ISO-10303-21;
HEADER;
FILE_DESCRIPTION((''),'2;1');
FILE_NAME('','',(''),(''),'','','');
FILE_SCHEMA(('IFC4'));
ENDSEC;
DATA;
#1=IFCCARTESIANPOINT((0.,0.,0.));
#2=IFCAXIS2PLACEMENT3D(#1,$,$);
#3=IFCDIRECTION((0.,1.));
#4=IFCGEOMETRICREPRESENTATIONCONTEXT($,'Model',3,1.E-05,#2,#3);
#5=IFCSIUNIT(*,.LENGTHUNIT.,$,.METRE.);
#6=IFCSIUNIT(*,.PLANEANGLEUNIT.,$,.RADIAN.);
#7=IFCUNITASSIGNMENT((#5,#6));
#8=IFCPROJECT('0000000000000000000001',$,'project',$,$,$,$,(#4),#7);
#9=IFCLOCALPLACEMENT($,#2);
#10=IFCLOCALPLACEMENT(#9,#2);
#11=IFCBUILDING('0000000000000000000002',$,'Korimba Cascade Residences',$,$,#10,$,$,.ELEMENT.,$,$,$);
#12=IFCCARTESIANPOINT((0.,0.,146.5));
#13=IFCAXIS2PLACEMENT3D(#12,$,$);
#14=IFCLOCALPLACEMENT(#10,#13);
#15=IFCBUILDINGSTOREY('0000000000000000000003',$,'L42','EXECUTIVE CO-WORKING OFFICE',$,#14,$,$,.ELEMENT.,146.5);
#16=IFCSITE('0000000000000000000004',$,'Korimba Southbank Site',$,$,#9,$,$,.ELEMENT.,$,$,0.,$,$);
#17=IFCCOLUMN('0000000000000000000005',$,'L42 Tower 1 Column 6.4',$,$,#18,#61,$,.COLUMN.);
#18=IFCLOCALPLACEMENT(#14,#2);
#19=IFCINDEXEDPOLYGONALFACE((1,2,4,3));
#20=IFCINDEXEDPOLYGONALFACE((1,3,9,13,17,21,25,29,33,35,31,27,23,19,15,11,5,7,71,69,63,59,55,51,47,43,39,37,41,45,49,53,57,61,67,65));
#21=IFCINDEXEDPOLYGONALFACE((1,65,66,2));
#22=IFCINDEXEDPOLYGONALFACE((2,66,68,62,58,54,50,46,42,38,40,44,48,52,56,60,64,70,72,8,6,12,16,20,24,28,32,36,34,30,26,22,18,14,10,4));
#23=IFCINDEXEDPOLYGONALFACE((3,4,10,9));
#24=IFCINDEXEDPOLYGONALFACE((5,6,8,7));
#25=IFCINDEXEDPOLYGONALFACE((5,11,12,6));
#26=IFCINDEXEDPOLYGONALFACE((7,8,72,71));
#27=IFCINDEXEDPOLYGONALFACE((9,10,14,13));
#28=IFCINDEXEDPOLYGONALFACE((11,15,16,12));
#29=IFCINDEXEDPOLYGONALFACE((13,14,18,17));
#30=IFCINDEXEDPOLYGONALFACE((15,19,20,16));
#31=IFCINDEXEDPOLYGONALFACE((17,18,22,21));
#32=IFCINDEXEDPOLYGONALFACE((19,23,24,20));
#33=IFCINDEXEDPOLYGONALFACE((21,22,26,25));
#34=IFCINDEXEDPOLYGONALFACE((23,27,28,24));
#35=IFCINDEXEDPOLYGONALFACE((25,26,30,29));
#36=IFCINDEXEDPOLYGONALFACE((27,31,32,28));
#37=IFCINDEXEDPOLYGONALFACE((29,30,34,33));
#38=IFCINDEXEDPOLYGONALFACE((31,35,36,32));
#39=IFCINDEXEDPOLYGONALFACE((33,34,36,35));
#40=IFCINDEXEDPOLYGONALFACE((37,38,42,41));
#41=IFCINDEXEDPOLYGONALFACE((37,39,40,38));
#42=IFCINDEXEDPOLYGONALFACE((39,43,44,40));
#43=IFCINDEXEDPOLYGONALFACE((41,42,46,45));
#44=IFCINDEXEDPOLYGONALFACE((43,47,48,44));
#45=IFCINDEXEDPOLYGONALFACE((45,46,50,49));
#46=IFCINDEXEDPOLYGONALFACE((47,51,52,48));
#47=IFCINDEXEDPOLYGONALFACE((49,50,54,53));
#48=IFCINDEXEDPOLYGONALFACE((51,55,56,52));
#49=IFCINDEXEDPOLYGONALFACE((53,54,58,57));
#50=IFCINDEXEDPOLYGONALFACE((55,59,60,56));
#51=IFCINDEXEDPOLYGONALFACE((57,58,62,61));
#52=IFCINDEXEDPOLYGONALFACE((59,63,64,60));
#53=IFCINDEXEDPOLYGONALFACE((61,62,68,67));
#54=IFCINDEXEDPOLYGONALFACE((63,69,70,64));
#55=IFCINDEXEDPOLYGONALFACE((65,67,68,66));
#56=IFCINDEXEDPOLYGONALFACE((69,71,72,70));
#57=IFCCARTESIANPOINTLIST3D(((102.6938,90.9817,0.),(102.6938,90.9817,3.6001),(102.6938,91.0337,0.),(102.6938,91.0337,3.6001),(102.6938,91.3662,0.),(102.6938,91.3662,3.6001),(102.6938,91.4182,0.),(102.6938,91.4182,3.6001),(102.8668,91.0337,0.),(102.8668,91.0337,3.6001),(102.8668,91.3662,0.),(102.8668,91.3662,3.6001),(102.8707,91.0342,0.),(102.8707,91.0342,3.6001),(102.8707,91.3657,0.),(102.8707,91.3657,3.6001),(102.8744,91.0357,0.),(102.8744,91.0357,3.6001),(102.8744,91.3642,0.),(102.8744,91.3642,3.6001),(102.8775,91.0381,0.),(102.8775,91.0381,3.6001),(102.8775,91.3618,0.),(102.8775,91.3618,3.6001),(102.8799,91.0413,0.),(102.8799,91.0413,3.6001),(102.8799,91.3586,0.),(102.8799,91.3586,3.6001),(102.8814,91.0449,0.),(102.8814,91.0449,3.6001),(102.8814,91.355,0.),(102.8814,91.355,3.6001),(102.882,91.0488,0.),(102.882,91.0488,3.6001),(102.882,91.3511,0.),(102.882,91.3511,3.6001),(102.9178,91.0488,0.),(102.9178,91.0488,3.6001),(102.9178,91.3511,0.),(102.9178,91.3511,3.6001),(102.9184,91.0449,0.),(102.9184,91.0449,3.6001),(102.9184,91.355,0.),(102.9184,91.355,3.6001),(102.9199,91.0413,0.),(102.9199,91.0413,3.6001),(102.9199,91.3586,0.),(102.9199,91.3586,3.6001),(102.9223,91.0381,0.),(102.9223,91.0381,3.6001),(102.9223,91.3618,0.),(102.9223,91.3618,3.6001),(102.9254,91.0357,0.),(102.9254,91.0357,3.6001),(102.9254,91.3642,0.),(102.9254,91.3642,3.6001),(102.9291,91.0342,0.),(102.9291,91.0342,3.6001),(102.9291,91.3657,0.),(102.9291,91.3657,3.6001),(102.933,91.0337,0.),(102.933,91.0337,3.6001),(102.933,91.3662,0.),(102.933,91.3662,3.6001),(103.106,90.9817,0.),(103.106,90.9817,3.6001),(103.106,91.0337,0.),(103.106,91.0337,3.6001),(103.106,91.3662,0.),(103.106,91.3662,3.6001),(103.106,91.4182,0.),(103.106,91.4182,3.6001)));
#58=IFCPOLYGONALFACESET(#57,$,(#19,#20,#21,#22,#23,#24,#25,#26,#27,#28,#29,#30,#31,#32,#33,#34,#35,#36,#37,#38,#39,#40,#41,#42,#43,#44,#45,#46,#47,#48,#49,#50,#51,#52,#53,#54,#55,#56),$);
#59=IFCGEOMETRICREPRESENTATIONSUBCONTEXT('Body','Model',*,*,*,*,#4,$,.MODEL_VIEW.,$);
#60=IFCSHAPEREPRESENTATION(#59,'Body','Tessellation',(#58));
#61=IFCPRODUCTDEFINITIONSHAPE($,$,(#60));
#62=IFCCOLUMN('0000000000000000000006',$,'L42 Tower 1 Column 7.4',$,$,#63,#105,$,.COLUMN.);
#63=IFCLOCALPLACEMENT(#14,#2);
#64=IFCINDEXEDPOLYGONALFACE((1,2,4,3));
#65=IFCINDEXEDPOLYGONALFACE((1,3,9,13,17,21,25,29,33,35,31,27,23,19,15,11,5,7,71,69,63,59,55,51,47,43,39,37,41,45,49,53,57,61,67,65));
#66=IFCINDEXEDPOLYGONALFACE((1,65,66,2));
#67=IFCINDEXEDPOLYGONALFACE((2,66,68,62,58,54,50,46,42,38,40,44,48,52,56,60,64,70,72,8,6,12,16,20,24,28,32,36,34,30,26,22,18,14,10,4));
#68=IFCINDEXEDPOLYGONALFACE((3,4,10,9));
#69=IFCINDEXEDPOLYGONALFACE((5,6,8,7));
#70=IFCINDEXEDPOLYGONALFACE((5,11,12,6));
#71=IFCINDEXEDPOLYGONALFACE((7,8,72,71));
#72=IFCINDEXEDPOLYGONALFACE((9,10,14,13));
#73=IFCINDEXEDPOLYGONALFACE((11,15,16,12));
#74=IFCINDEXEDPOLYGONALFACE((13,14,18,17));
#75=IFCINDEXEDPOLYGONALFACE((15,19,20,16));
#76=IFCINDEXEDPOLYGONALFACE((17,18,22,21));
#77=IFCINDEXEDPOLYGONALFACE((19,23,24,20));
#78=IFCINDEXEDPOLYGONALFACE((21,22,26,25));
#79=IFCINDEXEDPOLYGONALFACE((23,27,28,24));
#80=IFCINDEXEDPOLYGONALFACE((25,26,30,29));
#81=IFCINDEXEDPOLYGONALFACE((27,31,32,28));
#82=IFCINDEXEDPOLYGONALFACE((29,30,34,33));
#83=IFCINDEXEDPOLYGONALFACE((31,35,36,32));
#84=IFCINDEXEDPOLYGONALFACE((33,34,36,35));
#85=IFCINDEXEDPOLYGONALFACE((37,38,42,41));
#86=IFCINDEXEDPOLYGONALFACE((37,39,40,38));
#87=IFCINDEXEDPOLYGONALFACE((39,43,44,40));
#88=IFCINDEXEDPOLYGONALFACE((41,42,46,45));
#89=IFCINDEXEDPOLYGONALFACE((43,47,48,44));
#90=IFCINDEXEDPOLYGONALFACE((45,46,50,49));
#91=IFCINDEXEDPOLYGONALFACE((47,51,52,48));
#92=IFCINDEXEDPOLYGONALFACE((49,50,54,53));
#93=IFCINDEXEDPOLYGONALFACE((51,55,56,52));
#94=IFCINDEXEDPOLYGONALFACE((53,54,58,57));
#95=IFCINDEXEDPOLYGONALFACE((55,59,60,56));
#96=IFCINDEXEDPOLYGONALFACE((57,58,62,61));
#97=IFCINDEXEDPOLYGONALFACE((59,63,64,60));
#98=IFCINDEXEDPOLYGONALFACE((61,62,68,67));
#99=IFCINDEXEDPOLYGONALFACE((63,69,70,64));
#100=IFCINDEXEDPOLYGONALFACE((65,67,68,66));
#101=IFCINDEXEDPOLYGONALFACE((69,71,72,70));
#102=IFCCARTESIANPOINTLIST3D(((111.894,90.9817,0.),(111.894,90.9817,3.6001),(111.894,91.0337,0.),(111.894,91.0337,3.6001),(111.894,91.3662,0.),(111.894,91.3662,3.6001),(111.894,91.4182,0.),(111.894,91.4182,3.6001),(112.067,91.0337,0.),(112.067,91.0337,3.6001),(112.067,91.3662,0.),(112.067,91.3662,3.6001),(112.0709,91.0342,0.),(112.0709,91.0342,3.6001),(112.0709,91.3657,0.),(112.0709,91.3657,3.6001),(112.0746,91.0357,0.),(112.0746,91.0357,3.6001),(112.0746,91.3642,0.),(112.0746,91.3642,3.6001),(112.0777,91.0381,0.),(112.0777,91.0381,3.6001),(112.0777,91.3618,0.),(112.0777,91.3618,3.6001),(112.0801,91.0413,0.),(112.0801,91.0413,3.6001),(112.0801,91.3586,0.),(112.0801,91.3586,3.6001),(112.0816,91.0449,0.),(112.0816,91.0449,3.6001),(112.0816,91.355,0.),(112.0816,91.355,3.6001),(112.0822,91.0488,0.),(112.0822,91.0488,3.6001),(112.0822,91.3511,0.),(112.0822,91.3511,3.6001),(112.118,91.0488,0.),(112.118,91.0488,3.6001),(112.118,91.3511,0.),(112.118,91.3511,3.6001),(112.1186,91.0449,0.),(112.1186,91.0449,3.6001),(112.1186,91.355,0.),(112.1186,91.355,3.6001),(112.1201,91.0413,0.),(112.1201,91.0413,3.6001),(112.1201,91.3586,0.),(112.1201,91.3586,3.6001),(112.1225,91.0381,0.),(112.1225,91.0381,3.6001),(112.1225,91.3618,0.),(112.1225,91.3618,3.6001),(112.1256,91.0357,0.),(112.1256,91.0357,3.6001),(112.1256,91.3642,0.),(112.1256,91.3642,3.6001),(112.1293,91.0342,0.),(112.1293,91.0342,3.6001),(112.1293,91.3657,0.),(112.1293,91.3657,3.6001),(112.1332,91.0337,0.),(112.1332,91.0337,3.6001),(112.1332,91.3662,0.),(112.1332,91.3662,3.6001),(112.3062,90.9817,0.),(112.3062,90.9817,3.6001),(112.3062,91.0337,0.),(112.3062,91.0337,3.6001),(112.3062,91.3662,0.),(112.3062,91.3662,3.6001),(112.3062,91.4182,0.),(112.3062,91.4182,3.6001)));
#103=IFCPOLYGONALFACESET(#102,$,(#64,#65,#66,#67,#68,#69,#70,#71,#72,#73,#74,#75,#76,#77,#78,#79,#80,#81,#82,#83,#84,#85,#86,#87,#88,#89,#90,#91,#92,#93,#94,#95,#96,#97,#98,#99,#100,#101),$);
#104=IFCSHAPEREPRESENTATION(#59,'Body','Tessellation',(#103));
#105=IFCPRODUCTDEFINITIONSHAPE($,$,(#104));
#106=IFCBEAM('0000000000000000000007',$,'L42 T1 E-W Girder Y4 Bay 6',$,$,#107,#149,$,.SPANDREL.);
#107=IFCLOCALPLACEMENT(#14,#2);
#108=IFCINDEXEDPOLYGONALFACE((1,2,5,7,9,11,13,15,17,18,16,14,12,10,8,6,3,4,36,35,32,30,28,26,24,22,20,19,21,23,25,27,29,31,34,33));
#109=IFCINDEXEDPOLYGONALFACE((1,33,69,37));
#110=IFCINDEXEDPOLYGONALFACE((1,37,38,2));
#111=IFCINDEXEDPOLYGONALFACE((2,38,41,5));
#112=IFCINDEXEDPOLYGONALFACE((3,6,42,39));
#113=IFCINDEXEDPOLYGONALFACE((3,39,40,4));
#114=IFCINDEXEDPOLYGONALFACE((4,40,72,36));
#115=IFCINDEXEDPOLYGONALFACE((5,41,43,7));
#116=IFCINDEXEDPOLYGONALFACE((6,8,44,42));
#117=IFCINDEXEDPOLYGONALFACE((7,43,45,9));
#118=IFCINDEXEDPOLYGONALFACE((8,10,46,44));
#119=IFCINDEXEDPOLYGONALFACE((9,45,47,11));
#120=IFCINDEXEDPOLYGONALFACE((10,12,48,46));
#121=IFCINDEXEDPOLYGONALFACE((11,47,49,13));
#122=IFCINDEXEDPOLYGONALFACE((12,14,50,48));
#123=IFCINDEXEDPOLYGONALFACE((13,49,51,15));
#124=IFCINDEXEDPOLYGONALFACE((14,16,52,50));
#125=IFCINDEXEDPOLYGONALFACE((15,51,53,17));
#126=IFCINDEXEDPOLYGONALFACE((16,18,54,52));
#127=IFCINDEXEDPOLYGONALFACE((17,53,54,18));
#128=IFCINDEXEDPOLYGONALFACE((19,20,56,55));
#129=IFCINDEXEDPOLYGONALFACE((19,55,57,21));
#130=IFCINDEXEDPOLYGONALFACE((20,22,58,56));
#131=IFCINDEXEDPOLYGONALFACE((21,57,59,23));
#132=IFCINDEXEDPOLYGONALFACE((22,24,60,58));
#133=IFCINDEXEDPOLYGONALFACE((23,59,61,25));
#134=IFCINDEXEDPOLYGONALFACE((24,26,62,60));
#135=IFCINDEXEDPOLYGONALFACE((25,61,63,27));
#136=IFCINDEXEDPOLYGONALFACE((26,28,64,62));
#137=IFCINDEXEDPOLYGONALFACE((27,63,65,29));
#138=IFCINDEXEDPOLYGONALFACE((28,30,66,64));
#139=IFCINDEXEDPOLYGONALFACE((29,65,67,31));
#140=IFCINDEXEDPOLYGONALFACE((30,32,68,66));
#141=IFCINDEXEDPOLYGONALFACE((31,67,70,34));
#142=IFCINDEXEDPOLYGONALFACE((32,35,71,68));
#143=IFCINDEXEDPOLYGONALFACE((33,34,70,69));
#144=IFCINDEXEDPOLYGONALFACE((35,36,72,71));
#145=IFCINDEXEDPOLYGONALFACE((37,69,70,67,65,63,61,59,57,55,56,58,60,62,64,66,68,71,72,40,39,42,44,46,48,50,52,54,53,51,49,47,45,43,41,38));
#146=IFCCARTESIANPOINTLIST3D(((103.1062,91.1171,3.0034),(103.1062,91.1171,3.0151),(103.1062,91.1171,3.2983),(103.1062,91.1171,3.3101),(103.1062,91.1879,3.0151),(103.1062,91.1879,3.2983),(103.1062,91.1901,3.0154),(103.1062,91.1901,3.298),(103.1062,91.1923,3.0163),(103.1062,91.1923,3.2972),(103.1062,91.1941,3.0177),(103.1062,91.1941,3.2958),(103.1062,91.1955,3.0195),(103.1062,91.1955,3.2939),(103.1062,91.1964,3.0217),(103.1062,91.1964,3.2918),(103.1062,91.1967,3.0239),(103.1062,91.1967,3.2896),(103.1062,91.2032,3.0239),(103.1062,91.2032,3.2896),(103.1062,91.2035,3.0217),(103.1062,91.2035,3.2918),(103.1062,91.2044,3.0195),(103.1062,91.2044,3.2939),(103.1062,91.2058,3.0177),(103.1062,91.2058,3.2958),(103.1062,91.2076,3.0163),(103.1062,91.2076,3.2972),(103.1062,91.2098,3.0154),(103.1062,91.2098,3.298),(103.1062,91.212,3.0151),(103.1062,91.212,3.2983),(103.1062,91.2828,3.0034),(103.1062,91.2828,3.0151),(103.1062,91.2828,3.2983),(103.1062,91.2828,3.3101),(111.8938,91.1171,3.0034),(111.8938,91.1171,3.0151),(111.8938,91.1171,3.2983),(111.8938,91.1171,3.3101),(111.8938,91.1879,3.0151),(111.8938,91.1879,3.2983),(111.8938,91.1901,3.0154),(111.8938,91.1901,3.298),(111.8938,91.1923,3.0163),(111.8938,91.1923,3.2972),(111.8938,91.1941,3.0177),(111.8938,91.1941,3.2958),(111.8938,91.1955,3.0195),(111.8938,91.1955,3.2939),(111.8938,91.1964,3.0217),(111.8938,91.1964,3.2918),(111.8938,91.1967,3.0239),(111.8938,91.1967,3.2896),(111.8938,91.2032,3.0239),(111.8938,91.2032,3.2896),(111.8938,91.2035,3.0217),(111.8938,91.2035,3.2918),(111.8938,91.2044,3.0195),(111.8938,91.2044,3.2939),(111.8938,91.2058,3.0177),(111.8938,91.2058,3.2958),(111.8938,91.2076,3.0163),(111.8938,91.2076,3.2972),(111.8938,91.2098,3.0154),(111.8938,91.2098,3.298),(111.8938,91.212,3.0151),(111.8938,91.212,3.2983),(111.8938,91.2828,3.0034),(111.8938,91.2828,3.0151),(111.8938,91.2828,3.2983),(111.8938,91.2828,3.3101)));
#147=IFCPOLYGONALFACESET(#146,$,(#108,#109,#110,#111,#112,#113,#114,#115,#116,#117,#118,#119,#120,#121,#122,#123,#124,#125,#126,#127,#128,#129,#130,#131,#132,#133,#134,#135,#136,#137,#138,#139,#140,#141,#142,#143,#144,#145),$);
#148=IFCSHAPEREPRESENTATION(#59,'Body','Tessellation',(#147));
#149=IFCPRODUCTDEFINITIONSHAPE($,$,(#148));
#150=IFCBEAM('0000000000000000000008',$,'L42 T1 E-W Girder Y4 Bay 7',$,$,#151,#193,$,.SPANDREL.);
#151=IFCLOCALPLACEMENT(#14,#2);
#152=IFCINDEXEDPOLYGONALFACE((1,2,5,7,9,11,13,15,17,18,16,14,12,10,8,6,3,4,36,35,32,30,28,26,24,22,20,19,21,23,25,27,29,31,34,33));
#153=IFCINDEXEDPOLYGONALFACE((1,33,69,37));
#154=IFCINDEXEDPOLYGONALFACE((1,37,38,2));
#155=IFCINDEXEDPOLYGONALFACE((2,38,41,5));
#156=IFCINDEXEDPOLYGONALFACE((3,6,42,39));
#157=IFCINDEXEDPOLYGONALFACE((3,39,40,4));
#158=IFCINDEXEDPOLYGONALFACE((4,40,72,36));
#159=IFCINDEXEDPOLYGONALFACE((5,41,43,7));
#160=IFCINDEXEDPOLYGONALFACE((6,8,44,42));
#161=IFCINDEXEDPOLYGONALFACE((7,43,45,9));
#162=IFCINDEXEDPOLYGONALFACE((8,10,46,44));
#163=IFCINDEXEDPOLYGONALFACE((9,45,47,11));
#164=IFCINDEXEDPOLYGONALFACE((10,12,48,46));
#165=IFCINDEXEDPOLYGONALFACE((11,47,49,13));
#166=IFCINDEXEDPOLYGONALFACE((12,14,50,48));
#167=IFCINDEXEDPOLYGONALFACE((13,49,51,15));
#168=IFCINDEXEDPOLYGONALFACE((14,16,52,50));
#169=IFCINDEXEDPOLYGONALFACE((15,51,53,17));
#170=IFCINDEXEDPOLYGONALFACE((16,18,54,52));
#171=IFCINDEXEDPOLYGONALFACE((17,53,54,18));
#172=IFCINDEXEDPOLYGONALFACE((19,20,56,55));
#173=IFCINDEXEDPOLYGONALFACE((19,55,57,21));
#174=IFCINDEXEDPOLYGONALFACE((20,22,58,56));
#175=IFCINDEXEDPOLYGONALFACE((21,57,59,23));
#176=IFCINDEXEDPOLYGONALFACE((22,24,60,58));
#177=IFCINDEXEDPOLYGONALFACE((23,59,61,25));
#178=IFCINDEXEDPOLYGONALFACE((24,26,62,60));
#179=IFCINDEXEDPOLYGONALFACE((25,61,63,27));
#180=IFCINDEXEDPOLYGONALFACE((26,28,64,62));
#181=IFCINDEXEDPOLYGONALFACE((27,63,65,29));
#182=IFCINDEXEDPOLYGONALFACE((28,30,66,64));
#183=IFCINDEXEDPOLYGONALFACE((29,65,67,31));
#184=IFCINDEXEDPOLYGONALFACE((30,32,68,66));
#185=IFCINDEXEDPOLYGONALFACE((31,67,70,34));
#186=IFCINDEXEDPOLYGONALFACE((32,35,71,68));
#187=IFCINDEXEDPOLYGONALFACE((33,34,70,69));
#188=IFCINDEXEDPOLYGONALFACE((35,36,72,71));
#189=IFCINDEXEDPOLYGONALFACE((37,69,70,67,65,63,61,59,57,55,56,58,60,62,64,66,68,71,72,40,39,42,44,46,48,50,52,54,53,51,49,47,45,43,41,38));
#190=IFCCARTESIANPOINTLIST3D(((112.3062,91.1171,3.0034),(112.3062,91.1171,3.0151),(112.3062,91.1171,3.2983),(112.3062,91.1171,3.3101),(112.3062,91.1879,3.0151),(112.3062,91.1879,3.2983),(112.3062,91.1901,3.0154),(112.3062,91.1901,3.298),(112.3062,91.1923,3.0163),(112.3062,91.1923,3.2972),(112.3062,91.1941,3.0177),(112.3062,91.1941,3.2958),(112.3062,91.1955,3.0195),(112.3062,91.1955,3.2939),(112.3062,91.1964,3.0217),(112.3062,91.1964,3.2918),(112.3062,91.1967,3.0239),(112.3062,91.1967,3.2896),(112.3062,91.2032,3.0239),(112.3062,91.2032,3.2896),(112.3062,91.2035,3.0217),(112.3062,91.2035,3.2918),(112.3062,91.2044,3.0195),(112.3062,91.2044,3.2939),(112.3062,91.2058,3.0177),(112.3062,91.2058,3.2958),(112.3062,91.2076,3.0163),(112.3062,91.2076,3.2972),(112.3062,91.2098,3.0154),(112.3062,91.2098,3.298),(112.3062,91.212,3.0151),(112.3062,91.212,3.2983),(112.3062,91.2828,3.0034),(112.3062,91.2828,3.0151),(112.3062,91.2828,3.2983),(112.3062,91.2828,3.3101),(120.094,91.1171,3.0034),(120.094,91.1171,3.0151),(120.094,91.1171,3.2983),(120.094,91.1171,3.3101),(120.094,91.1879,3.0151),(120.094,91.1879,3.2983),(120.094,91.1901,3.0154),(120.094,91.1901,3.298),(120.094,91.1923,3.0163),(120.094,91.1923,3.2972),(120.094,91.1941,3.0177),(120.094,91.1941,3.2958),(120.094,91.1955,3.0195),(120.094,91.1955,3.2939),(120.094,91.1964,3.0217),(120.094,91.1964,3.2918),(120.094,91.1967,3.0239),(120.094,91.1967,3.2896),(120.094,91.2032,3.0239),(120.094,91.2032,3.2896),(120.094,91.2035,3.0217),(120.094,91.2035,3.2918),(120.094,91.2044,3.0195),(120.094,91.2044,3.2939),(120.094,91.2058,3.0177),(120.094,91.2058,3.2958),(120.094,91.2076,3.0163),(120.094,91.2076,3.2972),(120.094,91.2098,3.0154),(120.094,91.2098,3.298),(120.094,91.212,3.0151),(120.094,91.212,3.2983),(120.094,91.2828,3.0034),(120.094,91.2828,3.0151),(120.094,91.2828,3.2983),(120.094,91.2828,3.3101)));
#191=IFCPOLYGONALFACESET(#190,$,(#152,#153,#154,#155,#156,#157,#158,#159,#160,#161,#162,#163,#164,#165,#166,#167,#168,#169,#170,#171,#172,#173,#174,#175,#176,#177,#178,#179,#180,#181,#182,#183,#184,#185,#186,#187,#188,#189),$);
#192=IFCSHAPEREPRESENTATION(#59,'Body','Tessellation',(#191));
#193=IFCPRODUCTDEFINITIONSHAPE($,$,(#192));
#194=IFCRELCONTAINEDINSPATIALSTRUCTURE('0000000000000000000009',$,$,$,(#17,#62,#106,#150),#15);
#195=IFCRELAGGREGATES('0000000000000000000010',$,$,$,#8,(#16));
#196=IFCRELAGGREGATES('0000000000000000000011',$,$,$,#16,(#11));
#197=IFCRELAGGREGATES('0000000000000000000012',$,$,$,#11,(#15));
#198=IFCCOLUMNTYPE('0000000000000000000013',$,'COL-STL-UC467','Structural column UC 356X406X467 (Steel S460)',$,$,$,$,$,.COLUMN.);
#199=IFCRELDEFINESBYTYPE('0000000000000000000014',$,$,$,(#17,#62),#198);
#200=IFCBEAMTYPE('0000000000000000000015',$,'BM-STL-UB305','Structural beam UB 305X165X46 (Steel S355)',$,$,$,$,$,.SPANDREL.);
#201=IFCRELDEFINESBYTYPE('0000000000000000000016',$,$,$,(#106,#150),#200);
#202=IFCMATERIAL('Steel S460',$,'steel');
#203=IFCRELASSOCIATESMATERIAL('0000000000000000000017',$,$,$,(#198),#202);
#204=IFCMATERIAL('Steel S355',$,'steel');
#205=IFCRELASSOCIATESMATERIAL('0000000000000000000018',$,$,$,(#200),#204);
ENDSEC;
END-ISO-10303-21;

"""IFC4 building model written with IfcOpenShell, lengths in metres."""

from ifc_helpers import new_model, si_unit, direction, frame, origin, origin_2d, place, context, subcontext, project, spatial, i_section, extrude, material, material_profile, profile_set, type_object, element, save


model = new_model("IFC4")

# Units and contexts
model_context = context("Model", 3, precision=1e-05, world=origin(), true_north=direction((0.0, 1.0)))
body_context = subcontext(model_context, "Body", "Model", "MODEL_VIEW")
ifc_project = project(units=[si_unit("LENGTHUNIT", "METRE"), si_unit("PLANEANGLEUNIT", "RADIAN")], contexts=[model_context])

# Site, building, storey
site_placement = place(None, origin())
site = spatial("IfcSite", under=ifc_project, at=site_placement, Name="Korimba Southbank Site", CompositionType="ELEMENT", RefElevation=0.0)
building_placement = place(site_placement, origin())
building = spatial("IfcBuilding", under=site, at=building_placement, Name="Korimba Cascade Residences", CompositionType="ELEMENT")
storey_placement = place(building_placement, frame((0.0, 0.0, 146.5)))
storey = spatial("IfcBuildingStorey", under=building, at=storey_placement, Name="L42", Description="EXECUTIVE CO-WORKING OFFICE", CompositionType="ELEMENT", Elevation=146.5)

# Columns
ifc_material_1 = material(Name="Steel S460", Category="steel")
ifc_material_profile_1 = material_profile(ifc_material_1, i_section(OverallWidth=0.4121, OverallDepth=0.4365, WebThickness=0.0359, FlangeThickness=0.052, FilletRadius=0.0151, at=origin_2d()), Name="Steel S460")
ifc_profile_set_1 = profile_set([ifc_material_profile_1], Name="Steel S460")
column_type = type_object("IfcColumnType", Name="COL-STL-UC467", Description="Structural column UC 356X406X467 (Steel S460)", PredefinedType="COLUMN", material=ifc_profile_set_1)
for number, where, z_axis, x_axis, name in (
    (1, (102.8999, 91.2, 0.0), (0.0, 0.0, 1.0), (1.0, 0.0, 0.0), "L42 Tower 1 Column 6.4"),
    (2, (112.1001, 91.2, 0.0), (0.0, 0.0, 1.0), (1.0, 0.0, 0.0), "L42 Tower 1 Column 7.4"),
):
    element("IfcColumn", number, at=place(storey_placement, frame(where, z_axis=z_axis, x_axis=x_axis)), inside=storey, type_object=column_type, Name=name, PredefinedType="COLUMN", context=body_context, shape_type="SweptSolid", body=[
        extrude(i_section(OverallWidth=0.4121, OverallDepth=0.4365, WebThickness=0.0359, FlangeThickness=0.052, FilletRadius=0.0151, at=origin_2d()), origin(), (0.0, 0.0, 1.0), 3.6001),
    ])

# Beams
ifc_material_2 = material(Name="Steel S355", Category="steel")
ifc_material_profile_2 = material_profile(ifc_material_2, i_section(OverallWidth=0.1658, OverallDepth=0.3066, WebThickness=0.0066, FlangeThickness=0.0117, FilletRadius=0.0088, at=origin_2d()), Name="Steel S355")
ifc_profile_set_2 = profile_set([ifc_material_profile_2], Name="Steel S355")
beam_type_1 = type_object("IfcBeamType", Name="BM-STL-UB305", Description="Structural beam UB 305X165X46 (Steel S355)", PredefinedType="SPANDREL", material=ifc_profile_set_2)
beam_1_placement = place(storey_placement, frame((103.1062, 91.2, 3.1567), z_axis=(1.0, 0.0, 0.0), x_axis=(0.0, 1.0, 0.0)))
element("IfcBeam", 3, at=beam_1_placement, inside=storey, type_object=beam_type_1, Name="L42 T1 E-W Girder Y4 Bay 6", PredefinedType="SPANDREL", context=body_context, shape_type="SweptSolid", body=[
    extrude(i_section(OverallWidth=0.1658, OverallDepth=0.3066, WebThickness=0.0066, FlangeThickness=0.0117, FilletRadius=0.0088, at=origin_2d()), origin(), (0.0, 0.0, 1.0), 8.7876),
])
beam_2_placement = place(storey_placement, frame((112.3062, 91.2, 3.1567), z_axis=(1.0, 0.0, 0.0), x_axis=(0.0, 1.0, 0.0)))
element("IfcBeam", 4, at=beam_2_placement, inside=storey, type_object=beam_type_1, Name="L42 T1 E-W Girder Y4 Bay 7", PredefinedType="SPANDREL", context=body_context, shape_type="SweptSolid", body=[
    extrude(i_section(OverallWidth=0.1658, OverallDepth=0.3066, WebThickness=0.0066, FlangeThickness=0.0117, FilletRadius=0.0088, at=origin_2d()), origin(), (0.0, 0.0, 1.0), 7.7878),
])

save(model, "model.ifc")
